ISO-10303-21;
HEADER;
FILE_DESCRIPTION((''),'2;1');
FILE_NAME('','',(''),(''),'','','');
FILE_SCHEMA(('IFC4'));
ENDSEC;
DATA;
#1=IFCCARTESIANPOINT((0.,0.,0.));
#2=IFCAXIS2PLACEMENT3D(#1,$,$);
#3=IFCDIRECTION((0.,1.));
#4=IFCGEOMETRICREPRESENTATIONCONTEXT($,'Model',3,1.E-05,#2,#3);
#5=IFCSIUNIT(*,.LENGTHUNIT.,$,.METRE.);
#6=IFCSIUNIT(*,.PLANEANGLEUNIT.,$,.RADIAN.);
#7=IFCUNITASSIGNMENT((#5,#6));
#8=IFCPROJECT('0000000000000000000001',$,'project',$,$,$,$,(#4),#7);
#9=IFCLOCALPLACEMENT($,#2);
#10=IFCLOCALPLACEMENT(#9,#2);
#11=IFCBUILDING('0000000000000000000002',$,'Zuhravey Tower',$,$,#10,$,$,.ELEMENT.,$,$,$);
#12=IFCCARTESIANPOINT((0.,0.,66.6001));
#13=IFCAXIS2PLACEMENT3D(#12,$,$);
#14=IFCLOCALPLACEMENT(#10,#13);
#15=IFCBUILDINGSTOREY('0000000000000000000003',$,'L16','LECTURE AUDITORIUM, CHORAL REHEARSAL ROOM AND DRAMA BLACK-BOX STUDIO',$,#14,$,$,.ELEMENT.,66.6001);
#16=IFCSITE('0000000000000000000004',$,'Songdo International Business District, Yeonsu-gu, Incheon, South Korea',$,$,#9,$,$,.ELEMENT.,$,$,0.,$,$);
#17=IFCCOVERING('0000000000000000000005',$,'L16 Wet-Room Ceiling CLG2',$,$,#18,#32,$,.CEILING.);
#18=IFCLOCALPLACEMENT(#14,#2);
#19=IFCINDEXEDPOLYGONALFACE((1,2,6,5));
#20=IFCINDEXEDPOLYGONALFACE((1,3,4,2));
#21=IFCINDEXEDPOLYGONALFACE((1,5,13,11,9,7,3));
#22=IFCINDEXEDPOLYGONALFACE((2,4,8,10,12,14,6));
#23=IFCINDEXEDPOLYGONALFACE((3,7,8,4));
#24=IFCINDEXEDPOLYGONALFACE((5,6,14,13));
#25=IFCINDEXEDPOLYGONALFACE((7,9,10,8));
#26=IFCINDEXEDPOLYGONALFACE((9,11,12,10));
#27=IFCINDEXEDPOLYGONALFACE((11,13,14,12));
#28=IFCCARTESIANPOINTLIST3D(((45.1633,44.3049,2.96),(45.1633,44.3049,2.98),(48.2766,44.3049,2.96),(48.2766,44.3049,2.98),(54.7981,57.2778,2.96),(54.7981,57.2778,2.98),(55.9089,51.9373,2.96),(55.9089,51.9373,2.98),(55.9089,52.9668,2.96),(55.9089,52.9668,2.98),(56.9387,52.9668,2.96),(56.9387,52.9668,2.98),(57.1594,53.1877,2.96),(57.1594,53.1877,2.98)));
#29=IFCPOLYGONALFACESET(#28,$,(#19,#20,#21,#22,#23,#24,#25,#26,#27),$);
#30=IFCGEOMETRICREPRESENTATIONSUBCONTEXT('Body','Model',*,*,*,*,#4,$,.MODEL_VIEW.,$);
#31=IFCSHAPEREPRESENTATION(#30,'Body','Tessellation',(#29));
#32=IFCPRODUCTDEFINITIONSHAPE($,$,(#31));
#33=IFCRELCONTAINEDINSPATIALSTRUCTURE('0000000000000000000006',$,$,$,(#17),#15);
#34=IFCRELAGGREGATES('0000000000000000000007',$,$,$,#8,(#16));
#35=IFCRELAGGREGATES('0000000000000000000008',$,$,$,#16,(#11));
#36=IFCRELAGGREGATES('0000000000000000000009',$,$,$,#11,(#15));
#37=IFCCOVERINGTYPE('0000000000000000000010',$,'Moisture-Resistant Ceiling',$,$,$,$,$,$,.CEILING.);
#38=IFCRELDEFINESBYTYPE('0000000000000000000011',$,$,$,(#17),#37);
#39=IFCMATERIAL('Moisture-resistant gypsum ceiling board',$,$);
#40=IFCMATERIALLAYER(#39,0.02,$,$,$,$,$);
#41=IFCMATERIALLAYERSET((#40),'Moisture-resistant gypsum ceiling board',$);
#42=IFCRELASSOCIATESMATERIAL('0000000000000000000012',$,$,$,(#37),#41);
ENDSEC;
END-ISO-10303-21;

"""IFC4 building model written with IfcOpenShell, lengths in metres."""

from ifc_helpers import new_model, si_unit, direction, frame, origin, place, context, subcontext, project, spatial, polyline, outline, extrude, material, layer, layer_set, type_object, element, save


model = new_model("IFC4")

# Units and contexts
model_context = context("Model", 3, precision=1e-05, world=origin(), true_north=direction((0.0, 1.0)))
body_context = subcontext(model_context, "Body", "Model", "MODEL_VIEW")
ifc_project = project(units=[si_unit("LENGTHUNIT", "METRE"), si_unit("PLANEANGLEUNIT", "RADIAN")], contexts=[model_context])

# Site, building, storey
site_placement = place(None, origin())
site = spatial("IfcSite", under=ifc_project, at=site_placement, Name="Songdo International Business District, Yeonsu-gu, Incheon, South Korea", CompositionType="ELEMENT", RefElevation=0.0)
building_placement = place(site_placement, origin())
building = spatial("IfcBuilding", under=site, at=building_placement, Name="Zuhravey Tower", CompositionType="ELEMENT")
storey_placement = place(building_placement, frame((0.0, 0.0, 66.6001)))
storey = spatial("IfcBuildingStorey", under=building, at=storey_placement, Name="L16", Description="LECTURE AUDITORIUM, CHORAL REHEARSAL ROOM AND DRAMA BLACK-BOX STUDIO", CompositionType="ELEMENT", Elevation=66.6001)

# Covering
ifc_material_1 = material(Name="Moisture-resistant gypsum ceiling board")
ifc_layer_1 = layer(ifc_material_1, 0.02)
ifc_layer_set_1 = layer_set([ifc_layer_1], Name="Moisture-resistant gypsum ceiling board")
covering_type = type_object("IfcCoveringType", Name="Moisture-Resistant Ceiling", PredefinedType="CEILING", material=ifc_layer_set_1)
covering_placement = place(storey_placement, frame((0.0, 0.0, 2.96)))
element("IfcCovering", 1, at=covering_placement, inside=storey, type_object=covering_type, Name="L16 Wet-Room Ceiling CLG2", PredefinedType="CEILING", context=body_context, shape_type="SweptSolid", body=[
    extrude(outline(polyline([(56.9387, 52.9668), (55.9089, 52.9668), (55.9089, 51.9373), (48.2766, 44.3049), (45.1633, 44.3049), (54.7981, 57.2778), (57.1594, 53.1877), (56.9387, 52.9668)])), origin(), (0.0, 0.0, 1.0), 0.02),
])

save(model, "model.ifc")
